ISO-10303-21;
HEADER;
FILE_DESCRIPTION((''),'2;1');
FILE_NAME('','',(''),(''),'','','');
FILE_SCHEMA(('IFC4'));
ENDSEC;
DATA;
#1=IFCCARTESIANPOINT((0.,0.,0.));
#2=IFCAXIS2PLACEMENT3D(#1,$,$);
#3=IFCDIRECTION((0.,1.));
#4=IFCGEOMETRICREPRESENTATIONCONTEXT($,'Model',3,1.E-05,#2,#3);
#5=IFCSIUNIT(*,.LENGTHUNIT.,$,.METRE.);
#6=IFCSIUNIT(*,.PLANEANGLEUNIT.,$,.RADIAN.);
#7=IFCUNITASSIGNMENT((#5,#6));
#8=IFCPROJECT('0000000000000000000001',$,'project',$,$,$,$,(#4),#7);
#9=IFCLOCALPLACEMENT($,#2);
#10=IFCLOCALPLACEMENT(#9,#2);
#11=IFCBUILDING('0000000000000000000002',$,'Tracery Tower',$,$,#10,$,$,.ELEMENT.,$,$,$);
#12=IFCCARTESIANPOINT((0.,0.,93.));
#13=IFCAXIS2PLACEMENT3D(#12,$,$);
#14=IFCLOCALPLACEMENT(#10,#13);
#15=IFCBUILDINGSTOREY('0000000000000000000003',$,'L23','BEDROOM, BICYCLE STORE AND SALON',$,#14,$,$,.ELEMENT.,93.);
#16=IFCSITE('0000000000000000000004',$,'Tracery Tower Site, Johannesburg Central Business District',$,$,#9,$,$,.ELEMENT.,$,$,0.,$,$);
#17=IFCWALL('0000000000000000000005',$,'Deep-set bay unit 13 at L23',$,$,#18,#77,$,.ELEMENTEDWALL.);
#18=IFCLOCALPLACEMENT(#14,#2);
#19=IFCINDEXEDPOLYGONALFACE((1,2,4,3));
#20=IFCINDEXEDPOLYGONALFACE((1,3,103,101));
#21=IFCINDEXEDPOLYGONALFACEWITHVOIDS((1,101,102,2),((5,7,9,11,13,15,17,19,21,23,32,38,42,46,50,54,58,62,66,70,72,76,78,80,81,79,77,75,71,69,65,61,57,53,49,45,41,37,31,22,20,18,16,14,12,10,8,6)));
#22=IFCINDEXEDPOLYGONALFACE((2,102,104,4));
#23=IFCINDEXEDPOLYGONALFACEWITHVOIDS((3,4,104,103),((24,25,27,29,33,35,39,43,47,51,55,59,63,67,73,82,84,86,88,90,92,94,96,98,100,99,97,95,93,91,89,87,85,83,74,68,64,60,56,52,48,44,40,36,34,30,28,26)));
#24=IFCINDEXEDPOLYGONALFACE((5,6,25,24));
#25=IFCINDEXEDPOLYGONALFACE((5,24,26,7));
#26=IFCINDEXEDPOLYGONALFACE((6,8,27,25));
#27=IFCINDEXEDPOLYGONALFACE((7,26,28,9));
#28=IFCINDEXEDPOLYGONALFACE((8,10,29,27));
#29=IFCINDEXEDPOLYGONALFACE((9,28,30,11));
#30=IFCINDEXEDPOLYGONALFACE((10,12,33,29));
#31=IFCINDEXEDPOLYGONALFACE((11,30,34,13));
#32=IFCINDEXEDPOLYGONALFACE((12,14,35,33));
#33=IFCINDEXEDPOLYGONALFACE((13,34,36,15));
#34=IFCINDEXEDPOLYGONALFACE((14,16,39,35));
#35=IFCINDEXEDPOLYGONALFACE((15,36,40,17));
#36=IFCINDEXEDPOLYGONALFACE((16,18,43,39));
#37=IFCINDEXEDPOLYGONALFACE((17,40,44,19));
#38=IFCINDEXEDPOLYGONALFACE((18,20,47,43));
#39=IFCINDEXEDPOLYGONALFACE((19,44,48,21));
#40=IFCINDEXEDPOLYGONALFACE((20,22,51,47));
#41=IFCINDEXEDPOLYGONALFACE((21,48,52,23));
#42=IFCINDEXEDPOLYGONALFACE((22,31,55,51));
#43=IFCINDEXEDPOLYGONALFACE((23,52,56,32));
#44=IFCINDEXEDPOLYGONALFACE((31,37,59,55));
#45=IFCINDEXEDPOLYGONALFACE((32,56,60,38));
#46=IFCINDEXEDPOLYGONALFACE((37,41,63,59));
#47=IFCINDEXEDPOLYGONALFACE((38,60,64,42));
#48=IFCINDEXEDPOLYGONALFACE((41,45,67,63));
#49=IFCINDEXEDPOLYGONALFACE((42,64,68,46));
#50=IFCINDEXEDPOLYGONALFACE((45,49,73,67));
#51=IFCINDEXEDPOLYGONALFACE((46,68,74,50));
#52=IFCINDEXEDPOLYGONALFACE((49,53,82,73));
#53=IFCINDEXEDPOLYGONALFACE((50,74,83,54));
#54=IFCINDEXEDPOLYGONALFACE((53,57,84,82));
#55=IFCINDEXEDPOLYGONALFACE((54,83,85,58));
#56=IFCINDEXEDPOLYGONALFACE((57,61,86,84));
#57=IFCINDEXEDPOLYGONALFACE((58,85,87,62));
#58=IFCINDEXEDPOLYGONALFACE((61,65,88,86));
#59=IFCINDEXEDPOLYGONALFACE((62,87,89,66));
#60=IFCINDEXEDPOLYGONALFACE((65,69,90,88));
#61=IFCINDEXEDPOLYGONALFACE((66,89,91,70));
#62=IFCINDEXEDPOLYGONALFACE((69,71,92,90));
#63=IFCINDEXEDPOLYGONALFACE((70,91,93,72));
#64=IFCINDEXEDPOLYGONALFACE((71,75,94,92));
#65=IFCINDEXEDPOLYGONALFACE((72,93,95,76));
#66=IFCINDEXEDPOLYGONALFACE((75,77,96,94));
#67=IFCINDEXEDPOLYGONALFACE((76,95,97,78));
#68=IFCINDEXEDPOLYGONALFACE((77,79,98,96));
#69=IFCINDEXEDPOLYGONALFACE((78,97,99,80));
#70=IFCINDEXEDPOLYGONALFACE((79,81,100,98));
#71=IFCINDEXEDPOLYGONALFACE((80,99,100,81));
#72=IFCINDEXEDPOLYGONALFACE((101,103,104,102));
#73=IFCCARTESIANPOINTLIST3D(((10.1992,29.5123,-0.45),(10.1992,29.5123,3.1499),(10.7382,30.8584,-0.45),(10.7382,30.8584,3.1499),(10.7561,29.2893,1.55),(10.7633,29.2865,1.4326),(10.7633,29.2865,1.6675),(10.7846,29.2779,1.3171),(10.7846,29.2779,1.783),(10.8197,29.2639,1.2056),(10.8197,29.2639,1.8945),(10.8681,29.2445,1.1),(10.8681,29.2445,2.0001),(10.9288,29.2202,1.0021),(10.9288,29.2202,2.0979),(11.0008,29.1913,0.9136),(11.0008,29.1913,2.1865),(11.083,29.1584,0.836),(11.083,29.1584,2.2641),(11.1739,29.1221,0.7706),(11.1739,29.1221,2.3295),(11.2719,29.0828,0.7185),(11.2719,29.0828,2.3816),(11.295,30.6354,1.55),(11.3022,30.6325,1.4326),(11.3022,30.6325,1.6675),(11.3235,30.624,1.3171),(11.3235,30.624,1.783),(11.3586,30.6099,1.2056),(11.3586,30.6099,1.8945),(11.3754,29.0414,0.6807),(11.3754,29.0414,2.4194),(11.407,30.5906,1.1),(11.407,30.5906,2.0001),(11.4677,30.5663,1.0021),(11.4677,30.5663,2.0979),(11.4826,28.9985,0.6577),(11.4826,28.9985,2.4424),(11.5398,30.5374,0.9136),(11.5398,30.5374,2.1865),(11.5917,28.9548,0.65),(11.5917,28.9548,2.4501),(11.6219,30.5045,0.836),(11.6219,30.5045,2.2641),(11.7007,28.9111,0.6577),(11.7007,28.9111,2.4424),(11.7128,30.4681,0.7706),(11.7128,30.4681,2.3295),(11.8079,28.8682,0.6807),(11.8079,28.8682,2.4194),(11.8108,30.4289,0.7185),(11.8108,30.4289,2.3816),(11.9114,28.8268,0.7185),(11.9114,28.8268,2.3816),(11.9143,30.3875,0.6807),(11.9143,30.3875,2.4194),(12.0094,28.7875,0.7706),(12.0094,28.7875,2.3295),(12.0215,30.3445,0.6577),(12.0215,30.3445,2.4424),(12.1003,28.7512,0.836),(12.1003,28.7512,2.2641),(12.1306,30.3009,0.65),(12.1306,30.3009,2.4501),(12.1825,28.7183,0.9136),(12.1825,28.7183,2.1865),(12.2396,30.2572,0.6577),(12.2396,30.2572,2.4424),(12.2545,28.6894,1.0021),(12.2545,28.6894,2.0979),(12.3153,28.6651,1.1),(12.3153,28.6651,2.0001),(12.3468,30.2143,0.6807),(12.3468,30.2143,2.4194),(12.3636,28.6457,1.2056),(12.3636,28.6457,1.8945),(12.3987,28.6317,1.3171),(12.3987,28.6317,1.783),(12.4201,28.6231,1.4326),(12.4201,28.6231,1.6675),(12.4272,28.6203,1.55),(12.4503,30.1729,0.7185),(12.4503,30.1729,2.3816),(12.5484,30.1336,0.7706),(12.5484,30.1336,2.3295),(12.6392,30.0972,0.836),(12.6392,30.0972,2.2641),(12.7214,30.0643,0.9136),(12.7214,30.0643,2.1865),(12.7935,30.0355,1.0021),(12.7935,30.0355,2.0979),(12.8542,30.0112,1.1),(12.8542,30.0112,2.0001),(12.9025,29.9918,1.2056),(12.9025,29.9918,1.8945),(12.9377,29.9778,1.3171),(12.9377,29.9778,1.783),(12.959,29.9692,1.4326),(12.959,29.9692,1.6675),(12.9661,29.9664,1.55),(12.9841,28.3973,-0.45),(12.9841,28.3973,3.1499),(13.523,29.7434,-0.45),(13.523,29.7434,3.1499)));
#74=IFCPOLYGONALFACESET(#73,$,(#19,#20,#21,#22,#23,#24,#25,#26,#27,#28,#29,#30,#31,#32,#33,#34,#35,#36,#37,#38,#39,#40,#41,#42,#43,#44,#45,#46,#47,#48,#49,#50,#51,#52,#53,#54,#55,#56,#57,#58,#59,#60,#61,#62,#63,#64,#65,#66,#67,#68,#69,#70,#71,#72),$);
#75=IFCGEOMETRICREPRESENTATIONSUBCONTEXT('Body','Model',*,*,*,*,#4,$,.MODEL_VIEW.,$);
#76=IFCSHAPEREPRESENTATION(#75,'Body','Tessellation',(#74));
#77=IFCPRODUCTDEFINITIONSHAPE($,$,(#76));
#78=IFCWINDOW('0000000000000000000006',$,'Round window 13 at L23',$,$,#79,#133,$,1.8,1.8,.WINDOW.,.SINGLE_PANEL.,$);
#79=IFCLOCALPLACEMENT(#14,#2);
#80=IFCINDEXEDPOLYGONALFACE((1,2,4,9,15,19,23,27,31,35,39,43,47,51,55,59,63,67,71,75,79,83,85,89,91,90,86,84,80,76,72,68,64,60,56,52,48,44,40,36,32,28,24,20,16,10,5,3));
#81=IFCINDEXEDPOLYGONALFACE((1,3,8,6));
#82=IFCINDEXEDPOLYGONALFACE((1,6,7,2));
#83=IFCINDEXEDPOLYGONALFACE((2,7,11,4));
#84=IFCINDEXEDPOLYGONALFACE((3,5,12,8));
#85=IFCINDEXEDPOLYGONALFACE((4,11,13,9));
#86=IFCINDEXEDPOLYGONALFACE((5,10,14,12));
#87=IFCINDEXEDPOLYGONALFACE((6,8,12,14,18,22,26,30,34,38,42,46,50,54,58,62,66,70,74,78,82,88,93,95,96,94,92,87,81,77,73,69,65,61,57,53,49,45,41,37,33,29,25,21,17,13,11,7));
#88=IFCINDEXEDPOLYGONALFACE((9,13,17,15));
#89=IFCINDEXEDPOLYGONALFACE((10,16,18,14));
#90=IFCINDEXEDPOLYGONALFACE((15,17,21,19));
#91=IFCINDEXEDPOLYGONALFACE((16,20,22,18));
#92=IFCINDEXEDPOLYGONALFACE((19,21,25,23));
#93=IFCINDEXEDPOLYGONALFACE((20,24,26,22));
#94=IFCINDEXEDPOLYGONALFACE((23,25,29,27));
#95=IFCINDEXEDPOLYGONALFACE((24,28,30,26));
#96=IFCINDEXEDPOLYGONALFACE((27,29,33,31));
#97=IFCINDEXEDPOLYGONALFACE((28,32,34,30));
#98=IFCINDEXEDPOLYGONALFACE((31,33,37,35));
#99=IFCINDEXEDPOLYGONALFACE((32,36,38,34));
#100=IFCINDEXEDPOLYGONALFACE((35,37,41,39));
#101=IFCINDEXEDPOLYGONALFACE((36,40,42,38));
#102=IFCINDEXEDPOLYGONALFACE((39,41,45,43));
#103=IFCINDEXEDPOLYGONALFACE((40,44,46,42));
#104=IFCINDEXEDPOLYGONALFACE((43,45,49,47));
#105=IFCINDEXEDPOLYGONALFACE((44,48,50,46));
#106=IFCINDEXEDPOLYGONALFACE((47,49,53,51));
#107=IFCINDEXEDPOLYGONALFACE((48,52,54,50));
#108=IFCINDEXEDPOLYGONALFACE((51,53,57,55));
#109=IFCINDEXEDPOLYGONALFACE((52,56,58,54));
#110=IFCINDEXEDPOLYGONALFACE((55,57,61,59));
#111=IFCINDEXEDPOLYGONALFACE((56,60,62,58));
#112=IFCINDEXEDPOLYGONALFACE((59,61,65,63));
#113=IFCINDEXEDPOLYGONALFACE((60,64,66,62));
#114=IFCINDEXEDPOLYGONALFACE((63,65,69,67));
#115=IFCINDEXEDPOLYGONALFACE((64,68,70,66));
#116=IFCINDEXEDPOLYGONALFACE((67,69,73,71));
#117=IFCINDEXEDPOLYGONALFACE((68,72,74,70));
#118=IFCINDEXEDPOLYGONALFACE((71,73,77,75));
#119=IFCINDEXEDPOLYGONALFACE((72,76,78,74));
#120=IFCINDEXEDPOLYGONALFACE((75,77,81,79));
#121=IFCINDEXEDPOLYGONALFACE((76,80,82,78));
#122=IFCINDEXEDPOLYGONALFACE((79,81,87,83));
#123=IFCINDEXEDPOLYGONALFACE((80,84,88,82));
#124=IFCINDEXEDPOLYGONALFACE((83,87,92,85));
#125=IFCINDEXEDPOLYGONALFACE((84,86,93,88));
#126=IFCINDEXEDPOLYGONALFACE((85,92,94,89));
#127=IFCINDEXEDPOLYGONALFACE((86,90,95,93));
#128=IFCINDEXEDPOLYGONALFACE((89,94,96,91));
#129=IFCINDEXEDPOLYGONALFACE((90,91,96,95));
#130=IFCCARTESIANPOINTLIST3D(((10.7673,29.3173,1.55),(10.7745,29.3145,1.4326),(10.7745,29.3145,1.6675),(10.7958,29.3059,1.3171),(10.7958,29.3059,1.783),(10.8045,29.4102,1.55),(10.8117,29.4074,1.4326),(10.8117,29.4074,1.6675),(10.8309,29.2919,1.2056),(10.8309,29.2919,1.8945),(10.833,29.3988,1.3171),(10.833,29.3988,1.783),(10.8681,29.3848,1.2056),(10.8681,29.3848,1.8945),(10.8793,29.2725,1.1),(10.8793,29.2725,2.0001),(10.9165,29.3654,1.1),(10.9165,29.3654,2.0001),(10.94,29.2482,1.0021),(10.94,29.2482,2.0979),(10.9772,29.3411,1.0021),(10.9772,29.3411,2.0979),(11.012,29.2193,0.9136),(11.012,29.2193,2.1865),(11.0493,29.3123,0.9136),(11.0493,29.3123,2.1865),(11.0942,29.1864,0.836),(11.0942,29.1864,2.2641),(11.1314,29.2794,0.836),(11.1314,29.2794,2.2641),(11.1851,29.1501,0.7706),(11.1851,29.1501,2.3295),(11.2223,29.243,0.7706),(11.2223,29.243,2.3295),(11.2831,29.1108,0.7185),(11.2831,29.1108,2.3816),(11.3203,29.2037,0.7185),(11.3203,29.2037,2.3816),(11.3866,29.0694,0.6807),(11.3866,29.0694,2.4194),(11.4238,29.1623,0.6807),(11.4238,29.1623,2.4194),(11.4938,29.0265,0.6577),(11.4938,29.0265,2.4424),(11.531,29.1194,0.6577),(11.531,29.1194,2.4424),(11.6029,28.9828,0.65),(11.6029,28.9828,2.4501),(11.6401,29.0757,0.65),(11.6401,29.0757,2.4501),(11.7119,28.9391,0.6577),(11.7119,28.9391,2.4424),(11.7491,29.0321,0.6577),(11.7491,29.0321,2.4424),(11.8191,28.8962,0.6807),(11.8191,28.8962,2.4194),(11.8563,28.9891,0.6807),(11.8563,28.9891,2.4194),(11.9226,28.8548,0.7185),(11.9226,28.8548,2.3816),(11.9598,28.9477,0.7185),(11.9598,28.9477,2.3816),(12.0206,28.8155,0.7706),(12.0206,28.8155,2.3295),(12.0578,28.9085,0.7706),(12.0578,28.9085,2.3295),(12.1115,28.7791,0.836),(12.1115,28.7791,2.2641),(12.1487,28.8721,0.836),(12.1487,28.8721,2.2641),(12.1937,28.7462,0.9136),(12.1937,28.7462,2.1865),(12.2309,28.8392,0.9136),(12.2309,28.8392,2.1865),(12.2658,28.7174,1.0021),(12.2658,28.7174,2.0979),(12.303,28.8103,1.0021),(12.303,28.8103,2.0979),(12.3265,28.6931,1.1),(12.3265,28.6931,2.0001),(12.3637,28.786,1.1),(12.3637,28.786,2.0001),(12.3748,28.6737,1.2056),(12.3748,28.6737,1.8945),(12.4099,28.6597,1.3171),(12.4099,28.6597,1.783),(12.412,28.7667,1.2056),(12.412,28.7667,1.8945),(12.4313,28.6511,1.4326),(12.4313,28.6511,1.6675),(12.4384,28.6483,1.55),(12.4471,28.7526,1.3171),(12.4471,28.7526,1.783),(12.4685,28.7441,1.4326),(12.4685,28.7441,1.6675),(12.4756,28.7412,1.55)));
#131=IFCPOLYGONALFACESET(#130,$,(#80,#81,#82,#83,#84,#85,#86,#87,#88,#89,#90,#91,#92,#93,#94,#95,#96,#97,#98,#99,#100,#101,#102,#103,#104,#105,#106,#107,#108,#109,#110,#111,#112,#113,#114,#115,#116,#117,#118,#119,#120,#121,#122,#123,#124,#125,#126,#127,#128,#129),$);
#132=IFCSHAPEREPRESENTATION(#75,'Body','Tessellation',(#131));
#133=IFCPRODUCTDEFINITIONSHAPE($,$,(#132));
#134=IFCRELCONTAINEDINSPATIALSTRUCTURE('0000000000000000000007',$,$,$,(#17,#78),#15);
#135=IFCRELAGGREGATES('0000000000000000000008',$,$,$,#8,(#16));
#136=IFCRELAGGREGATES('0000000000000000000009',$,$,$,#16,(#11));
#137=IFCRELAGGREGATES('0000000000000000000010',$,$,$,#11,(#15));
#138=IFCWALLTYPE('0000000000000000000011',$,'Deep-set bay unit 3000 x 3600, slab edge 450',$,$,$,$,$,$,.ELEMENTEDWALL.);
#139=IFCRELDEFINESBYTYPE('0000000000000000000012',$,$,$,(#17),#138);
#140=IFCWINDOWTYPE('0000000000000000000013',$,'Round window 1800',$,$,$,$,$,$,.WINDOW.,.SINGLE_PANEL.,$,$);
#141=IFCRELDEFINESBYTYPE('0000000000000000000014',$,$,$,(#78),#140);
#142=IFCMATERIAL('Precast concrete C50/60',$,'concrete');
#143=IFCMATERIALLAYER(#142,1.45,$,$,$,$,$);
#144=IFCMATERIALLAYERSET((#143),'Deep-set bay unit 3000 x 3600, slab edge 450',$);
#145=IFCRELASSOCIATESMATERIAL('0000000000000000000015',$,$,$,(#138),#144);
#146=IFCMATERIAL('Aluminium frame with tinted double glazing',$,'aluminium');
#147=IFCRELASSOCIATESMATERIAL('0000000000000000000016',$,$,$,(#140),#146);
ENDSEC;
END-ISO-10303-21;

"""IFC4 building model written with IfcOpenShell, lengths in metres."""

from ifc_helpers import new_model, si_unit, direction, frame, frame_2d, origin, origin_2d, place, context, subcontext, project, spatial, rectangle, circle, extrude, material, layer, layer_set, type_object, element, fill, save


model = new_model("IFC4")

# Units and contexts
model_context = context("Model", 3, precision=1e-05, world=origin(), true_north=direction((0.0, 1.0)))
body_context = subcontext(model_context, "Body", "Model", "MODEL_VIEW")
ifc_project = project(units=[si_unit("LENGTHUNIT", "METRE"), si_unit("PLANEANGLEUNIT", "RADIAN")], contexts=[model_context])

# Site, building, storey
site_placement = place(None, origin())
site = spatial("IfcSite", under=ifc_project, at=site_placement, Name="Tracery Tower Site, Johannesburg Central Business District", CompositionType="ELEMENT", RefElevation=0.0)
building_placement = place(site_placement, origin())
building = spatial("IfcBuilding", under=site, at=building_placement, Name="Tracery Tower", CompositionType="ELEMENT")
storey_placement = place(building_placement, frame((0.0, 0.0, 93.0)))
storey = spatial("IfcBuildingStorey", under=building, at=storey_placement, Name="L23", Description="BEDROOM, BICYCLE STORE AND SALON", CompositionType="ELEMENT", Elevation=93.0)

# Wall, opening, window
ifc_material_1 = material(Name="Precast concrete C50/60", Category="concrete")
ifc_layer_1 = layer(ifc_material_1, 1.45)
ifc_layer_set_1 = layer_set([ifc_layer_1], Name="Deep-set bay unit 3000 x 3600, slab edge 450")
wall_type_1 = type_object("IfcWallType", Name="Deep-set bay unit 3000 x 3600, slab edge 450", PredefinedType="ELEMENTEDWALL", material=ifc_layer_set_1)
ifc_material_2 = material(Name="Aluminium frame with tinted double glazing", Category="aluminium")
window_type = type_object("IfcWindowType", Name="Round window 1800", PartitioningType="SINGLE_PANEL", PredefinedType="WINDOW", material=ifc_material_2)
wall_1_placement = place(storey_placement, frame((13.2537, 29.0703, -0.45), z_axis=(0.0, 0.0, 1.0), x_axis=(-0.928359, 0.371685, 0.0)))
wall_1 = element("IfcWall", 1, at=wall_1_placement, inside=storey, type_object=wall_type_1, Name="Deep-set bay unit 13 at L23", PredefinedType="ELEMENTEDWALL", context=body_context, shape_type="SweptSolid", body=[
    extrude(rectangle(XDim=2.9998, YDim=1.45, at=frame_2d((1.5, 0.0))), origin(), (0.0, 0.0, 1.0), 3.5999),
])
opening_1_placement = place(wall_1_placement, frame((1.5, 0.0, 2.0)))
opening_1 = element("IfcOpeningElement", 2, at=opening_1_placement, cuts=wall_1, PredefinedType="OPENING", context=body_context, shape_type="SweptSolid", body=[
    extrude(circle(Radius=0.9, at=origin_2d()), frame((0.0, 0.7349, 0.0), z_axis=(0.0, -1.0, 0.0), x_axis=(1.0, 0.0, 0.0)), (0.0, 0.0, 1.0), 1.47),
])
window_1_placement = place(opening_1_placement, origin())
window_1 = element("IfcWindow", 3, at=window_1_placement, inside=storey, type_object=window_type, Name="Round window 13 at L23", OverallHeight=1.8, OverallWidth=1.8, PartitioningType="SINGLE_PANEL", PredefinedType="WINDOW", context=body_context, shape_type="SweptSolid", body=[
    extrude(circle(Radius=0.9, at=origin_2d()), frame((0.0, 0.6948, 0.0), z_axis=(0.0, -1.0, 0.0), x_axis=(1.0, 0.0, 0.0)), (0.0, 0.0, 1.0), 0.1001),
])
fill(opening_1, window_1)

save(model, "model.ifc")
